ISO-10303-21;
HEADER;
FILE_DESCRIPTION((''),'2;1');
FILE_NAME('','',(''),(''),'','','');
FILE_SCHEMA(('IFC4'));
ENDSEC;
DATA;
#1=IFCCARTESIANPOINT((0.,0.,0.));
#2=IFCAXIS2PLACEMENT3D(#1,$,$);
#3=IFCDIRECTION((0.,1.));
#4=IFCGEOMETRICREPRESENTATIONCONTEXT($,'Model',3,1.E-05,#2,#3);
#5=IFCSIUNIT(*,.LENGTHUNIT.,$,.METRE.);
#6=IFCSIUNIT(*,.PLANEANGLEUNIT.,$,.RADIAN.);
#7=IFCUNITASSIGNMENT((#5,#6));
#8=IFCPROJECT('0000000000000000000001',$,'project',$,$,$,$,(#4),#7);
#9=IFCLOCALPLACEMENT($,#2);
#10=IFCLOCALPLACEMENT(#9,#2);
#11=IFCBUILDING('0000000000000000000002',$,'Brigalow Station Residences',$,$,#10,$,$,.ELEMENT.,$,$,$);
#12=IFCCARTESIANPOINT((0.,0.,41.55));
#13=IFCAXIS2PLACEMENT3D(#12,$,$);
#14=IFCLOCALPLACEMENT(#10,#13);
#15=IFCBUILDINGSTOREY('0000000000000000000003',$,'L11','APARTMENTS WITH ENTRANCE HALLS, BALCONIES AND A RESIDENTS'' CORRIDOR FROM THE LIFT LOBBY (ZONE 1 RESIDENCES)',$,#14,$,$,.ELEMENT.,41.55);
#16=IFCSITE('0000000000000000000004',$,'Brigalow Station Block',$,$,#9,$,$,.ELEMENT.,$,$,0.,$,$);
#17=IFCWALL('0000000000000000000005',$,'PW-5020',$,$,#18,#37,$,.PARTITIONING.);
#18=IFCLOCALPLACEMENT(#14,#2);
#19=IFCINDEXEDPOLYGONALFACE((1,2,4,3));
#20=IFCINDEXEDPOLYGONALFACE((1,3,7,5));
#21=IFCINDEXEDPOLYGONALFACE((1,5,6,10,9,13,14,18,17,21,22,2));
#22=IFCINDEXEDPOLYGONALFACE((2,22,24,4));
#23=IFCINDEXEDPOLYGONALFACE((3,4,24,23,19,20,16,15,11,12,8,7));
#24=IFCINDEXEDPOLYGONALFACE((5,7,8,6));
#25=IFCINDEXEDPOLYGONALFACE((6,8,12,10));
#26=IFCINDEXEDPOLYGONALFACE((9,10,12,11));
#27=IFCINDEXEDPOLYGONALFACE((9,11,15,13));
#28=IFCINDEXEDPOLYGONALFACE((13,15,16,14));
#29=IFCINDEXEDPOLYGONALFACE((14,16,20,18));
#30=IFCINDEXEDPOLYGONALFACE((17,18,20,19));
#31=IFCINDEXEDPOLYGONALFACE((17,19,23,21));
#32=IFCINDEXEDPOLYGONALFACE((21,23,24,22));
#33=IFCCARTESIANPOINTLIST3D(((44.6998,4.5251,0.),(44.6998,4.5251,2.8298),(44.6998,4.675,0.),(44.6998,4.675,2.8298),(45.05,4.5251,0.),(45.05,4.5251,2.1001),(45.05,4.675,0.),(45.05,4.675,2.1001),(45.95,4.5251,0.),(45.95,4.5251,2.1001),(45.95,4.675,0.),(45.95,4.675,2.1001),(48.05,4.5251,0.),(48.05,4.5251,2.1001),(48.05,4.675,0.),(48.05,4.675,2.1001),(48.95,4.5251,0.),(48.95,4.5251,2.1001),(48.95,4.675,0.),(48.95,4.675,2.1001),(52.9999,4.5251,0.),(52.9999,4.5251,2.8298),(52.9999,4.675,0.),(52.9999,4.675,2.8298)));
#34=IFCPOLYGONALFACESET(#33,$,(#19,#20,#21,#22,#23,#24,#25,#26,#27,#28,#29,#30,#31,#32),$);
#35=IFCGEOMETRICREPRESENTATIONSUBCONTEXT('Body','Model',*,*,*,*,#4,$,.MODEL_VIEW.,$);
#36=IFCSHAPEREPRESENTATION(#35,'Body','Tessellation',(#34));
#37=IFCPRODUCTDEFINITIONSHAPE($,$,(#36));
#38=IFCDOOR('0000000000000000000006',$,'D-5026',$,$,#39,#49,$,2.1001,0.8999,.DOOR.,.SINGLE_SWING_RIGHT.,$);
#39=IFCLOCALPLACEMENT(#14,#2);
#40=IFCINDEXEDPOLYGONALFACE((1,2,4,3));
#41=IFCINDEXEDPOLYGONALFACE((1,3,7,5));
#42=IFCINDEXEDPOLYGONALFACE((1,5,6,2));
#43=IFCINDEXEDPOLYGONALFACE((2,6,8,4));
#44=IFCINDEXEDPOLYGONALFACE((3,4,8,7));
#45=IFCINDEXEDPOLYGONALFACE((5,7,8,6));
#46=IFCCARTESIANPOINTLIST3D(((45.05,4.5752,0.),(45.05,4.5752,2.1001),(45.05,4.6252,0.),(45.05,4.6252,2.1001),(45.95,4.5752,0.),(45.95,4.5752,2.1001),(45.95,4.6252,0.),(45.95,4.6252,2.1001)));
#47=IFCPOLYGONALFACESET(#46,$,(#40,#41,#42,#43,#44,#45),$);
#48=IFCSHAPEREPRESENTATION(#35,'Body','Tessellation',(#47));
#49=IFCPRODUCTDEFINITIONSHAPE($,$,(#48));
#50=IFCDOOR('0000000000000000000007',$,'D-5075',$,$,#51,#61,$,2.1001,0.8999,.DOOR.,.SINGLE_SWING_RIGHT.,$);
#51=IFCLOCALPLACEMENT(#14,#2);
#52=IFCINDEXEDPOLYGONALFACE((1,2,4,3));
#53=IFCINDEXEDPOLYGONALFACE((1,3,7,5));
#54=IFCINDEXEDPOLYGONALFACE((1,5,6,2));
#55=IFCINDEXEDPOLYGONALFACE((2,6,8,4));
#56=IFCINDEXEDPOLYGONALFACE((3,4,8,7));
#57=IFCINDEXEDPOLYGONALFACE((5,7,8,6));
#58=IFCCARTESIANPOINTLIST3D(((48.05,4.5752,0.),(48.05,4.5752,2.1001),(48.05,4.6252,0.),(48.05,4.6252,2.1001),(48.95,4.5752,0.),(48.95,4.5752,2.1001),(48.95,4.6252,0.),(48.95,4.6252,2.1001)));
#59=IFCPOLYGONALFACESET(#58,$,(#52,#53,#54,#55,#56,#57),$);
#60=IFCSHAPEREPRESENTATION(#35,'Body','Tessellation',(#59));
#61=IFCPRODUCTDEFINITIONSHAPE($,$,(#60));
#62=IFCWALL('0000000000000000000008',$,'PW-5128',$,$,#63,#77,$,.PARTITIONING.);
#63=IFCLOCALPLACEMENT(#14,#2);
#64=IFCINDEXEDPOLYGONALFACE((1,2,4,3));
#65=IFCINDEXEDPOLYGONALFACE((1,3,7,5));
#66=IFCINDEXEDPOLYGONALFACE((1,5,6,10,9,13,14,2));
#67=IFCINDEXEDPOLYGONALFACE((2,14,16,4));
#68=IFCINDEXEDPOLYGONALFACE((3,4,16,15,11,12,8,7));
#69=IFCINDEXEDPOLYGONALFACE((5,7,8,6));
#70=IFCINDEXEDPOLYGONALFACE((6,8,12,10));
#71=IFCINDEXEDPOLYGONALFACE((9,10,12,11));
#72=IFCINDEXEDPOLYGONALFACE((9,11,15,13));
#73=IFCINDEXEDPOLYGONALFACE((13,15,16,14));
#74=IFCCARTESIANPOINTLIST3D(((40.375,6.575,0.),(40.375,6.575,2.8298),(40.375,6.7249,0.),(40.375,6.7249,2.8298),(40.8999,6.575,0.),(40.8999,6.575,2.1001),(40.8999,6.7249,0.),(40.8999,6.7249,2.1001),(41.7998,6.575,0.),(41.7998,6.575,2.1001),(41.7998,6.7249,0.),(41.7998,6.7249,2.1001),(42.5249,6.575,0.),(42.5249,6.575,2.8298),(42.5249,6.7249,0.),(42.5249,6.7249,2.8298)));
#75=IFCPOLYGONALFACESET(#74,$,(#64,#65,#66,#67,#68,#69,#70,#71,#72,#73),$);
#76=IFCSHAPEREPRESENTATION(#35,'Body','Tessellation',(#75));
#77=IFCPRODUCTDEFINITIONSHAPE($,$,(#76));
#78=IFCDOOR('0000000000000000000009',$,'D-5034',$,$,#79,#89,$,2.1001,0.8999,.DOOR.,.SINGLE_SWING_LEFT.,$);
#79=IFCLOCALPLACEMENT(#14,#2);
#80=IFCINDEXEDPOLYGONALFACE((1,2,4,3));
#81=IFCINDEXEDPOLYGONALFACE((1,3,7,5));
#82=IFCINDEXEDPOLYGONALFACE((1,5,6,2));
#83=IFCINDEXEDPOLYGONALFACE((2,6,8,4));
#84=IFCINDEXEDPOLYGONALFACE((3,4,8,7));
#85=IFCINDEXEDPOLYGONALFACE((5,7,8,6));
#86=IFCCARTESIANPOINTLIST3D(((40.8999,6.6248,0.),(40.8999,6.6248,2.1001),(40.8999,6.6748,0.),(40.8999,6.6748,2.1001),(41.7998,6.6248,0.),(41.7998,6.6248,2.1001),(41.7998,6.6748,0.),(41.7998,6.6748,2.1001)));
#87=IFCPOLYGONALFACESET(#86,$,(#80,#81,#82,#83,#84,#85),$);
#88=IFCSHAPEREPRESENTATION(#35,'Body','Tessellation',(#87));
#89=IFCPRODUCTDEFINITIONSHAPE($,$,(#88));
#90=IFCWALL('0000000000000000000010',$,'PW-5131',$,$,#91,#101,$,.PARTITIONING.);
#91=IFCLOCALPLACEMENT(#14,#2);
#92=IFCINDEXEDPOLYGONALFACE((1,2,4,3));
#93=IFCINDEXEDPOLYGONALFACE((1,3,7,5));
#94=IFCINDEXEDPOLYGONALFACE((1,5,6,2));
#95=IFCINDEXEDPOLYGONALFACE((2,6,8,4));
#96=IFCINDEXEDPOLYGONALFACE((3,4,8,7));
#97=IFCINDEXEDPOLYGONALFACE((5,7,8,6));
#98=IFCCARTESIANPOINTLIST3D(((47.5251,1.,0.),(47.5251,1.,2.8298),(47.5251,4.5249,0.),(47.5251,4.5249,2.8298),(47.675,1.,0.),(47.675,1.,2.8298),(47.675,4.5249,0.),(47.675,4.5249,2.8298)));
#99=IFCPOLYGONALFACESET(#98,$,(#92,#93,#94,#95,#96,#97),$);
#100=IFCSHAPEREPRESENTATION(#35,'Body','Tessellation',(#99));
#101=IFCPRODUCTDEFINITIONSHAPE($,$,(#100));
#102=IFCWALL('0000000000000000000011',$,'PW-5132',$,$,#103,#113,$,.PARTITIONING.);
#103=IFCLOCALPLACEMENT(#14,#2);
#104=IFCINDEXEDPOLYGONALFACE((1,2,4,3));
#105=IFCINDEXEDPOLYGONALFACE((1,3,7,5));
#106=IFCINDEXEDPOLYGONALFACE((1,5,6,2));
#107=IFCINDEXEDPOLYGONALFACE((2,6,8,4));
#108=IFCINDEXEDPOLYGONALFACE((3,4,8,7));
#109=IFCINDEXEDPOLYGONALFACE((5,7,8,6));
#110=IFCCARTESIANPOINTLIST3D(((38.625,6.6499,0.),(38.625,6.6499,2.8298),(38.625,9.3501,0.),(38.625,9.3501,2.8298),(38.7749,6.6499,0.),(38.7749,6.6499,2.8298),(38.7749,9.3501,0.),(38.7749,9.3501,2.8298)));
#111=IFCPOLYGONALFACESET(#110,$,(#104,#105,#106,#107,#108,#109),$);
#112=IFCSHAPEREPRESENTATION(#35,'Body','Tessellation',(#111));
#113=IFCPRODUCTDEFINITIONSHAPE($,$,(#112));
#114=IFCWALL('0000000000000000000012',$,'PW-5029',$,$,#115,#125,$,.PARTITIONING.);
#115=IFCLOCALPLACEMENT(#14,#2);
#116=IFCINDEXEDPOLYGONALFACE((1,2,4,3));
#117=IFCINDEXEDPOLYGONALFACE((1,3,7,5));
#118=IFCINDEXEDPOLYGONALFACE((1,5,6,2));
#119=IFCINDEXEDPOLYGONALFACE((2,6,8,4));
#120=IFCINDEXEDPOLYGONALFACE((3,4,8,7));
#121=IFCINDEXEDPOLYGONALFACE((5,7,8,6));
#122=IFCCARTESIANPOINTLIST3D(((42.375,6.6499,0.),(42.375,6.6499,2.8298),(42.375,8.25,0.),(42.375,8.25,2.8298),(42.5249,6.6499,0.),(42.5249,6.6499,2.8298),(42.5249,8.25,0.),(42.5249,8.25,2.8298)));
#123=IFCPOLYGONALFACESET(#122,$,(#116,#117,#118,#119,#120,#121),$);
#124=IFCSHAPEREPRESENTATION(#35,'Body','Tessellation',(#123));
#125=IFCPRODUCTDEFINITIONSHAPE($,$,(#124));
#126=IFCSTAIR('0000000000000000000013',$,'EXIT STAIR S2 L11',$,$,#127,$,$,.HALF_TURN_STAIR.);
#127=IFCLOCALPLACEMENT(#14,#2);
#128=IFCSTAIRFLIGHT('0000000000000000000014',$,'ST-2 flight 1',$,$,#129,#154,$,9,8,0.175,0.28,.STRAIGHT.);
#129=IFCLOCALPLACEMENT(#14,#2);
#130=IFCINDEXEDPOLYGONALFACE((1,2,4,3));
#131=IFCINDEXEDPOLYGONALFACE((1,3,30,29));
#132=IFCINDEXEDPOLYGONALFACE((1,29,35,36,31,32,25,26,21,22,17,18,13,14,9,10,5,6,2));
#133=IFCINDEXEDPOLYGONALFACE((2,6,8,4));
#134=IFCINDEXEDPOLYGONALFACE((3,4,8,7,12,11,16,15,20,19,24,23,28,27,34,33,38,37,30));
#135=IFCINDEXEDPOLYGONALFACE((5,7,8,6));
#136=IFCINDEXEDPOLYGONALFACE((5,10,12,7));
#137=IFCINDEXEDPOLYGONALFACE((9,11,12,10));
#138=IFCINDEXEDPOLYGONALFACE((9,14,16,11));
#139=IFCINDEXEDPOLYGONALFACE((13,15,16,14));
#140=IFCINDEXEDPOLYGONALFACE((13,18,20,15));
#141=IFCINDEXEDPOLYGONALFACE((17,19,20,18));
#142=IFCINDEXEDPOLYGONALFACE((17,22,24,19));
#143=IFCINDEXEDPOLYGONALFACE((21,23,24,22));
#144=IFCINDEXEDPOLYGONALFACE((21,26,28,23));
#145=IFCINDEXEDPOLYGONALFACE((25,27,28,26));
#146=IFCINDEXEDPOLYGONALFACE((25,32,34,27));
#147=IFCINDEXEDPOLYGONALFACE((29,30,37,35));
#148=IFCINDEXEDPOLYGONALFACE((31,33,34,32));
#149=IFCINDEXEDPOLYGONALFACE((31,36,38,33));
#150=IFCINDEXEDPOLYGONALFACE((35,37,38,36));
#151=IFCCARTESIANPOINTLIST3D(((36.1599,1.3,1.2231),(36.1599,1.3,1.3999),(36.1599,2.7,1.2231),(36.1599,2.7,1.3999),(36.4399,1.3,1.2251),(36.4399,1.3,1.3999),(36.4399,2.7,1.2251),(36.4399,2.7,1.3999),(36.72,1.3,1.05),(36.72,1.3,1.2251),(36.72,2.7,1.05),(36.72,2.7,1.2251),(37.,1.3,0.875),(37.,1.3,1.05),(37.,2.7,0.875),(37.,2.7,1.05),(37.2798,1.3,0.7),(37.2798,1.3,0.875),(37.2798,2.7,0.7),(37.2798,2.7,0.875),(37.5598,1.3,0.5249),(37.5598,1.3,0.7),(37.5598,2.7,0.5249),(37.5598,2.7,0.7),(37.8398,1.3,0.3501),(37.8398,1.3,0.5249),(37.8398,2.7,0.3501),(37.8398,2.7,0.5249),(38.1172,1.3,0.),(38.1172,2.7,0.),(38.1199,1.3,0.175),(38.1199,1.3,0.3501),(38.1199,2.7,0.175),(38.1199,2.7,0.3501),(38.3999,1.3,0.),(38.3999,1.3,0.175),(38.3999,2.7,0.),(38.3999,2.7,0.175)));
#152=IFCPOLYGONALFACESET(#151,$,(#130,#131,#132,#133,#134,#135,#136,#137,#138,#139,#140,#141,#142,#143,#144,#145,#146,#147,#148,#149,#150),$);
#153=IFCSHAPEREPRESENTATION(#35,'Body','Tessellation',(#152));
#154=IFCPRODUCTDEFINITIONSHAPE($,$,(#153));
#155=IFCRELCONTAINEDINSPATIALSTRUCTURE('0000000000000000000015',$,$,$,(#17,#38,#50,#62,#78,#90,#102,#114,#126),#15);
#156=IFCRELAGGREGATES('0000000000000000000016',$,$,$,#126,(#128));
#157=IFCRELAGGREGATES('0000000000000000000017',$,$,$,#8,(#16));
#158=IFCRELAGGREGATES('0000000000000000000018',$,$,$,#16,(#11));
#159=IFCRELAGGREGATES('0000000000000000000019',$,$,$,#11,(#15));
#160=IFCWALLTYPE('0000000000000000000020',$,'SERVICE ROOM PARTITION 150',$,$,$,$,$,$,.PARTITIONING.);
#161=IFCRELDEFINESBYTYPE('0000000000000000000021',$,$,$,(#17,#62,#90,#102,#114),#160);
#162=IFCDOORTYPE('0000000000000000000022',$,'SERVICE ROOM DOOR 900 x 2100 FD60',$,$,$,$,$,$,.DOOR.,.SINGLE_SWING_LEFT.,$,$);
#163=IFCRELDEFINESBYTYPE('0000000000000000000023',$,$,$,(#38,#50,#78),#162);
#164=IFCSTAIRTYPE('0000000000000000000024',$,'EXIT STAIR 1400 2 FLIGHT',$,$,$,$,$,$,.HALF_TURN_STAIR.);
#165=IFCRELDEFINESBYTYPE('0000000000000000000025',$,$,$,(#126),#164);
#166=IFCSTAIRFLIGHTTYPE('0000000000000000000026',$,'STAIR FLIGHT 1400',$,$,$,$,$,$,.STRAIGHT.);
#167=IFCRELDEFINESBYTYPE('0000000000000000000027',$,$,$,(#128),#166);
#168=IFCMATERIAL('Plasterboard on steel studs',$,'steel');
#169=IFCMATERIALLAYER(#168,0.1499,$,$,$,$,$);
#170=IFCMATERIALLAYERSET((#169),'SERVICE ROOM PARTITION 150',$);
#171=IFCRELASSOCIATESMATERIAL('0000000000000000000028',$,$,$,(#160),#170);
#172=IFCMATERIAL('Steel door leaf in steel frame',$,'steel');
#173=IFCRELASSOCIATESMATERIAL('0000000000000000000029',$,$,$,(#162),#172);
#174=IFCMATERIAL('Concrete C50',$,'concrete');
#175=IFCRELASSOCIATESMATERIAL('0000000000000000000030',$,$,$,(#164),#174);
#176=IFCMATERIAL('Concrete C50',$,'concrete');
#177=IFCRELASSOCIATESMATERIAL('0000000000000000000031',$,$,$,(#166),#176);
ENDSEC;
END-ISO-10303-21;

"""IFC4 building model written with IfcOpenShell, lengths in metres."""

from ifc_helpers import new_model, si_unit, direction, frame, frame_2d, origin, place, context, subcontext, project, spatial, polyline, rectangle, outline, extrude, material, layer, layer_set, type_object, element, fill, aggregate, save


model = new_model("IFC4")

# Units and contexts
model_context = context("Model", 3, precision=1e-05, world=origin(), true_north=direction((0.0, 1.0)))
body_context = subcontext(model_context, "Body", "Model", "MODEL_VIEW")
ifc_project = project(units=[si_unit("LENGTHUNIT", "METRE"), si_unit("PLANEANGLEUNIT", "RADIAN")], contexts=[model_context])

# Site, building, storey
site_placement = place(None, origin())
site = spatial("IfcSite", under=ifc_project, at=site_placement, Name="Brigalow Station Block", CompositionType="ELEMENT", RefElevation=0.0)
building_placement = place(site_placement, origin())
building = spatial("IfcBuilding", under=site, at=building_placement, Name="Brigalow Station Residences", CompositionType="ELEMENT")
storey_placement = place(building_placement, frame((0.0, 0.0, 41.55)))
storey = spatial("IfcBuildingStorey", under=building, at=storey_placement, Name="L11", Description="APARTMENTS WITH ENTRANCE HALLS, BALCONIES AND A RESIDENTS' CORRIDOR FROM THE LIFT LOBBY (ZONE 1 RESIDENCES)", CompositionType="ELEMENT", Elevation=41.55)

# Wall, openings, doors
ifc_material_1 = material(Name="Plasterboard on steel studs", Category="steel")
ifc_layer_1 = layer(ifc_material_1, 0.1499)
ifc_layer_set_1 = layer_set([ifc_layer_1], Name="SERVICE ROOM PARTITION 150")
wall_type_1 = type_object("IfcWallType", Name="SERVICE ROOM PARTITION 150", PredefinedType="PARTITIONING", material=ifc_layer_set_1)
wall_1_placement = place(storey_placement, frame((44.7, 4.6001, 0.0), z_axis=(0.0, 0.0, 1.0), x_axis=(1.0, 0.0, 0.0)))
wall_1 = element("IfcWall", 1, at=wall_1_placement, inside=storey, type_object=wall_type_1, Name="PW-5020", PredefinedType="PARTITIONING", context=body_context, shape_type="SweptSolid", body=[
    extrude(rectangle(XDim=8.3, YDim=0.1499, at=frame_2d((4.1499, 0.0))), origin(), (0.0, 0.0, 1.0), 2.8298),
])
opening_1_placement = place(wall_1_placement, frame((0.3501, 0.0, 0.0)))
opening_1 = element("IfcOpeningElement", 2, at=opening_1_placement, cuts=wall_1, PredefinedType="OPENING", context=body_context, shape_type="SweptSolid", body=[
    extrude(rectangle(XDim=0.8999, YDim=2.1001, at=frame_2d((0.45, 1.05))), frame((0.0, 0.085, 0.0), z_axis=(0.0, -1.0, 0.0), x_axis=(1.0, 0.0, 0.0)), (0.0, 0.0, 1.0), 0.1699),
])
opening_2_placement = place(wall_1_placement, frame((3.3501, 0.0, 0.0)))
opening_2 = element("IfcOpeningElement", 3, at=opening_2_placement, cuts=wall_1, PredefinedType="OPENING", context=body_context, shape_type="SweptSolid", body=[
    extrude(rectangle(XDim=0.8999, YDim=2.1001, at=frame_2d((0.45, 1.05))), frame((0.0, 0.085, 0.0), z_axis=(0.0, -1.0, 0.0), x_axis=(1.0, 0.0, 0.0)), (0.0, 0.0, 1.0), 0.1699),
])
ifc_material_2 = material(Name="Steel door leaf in steel frame", Category="steel")
door_type_1 = type_object("IfcDoorType", Name="SERVICE ROOM DOOR 900 x 2100 FD60", OperationType="SINGLE_SWING_LEFT", PredefinedType="DOOR", material=ifc_material_2)
door_1_placement = place(opening_1_placement, frame((0.8999, 0.0, 0.0), z_axis=(0.0, 0.0, 1.0), x_axis=(-1.0, 0.0, 0.0)))
door_1 = element("IfcDoor", 4, at=door_1_placement, inside=storey, type_object=door_type_1, Name="D-5026", OperationType="SINGLE_SWING_RIGHT", OverallHeight=2.1001, OverallWidth=0.8999, PredefinedType="DOOR", context=body_context, shape_type="SweptSolid", body=[
    extrude(rectangle(XDim=0.8999, YDim=2.1001, at=frame_2d((0.45, 1.05))), frame((0.0, 0.0249, 0.0), z_axis=(0.0, -1.0, 0.0), x_axis=(1.0, 0.0, 0.0)), (0.0, 0.0, 1.0), 0.05),
])
fill(opening_1, door_1)
door_2_placement = place(opening_2_placement, frame((0.8999, 0.0, 0.0), z_axis=(0.0, 0.0, 1.0), x_axis=(-1.0, 0.0, 0.0)))
door_2 = element("IfcDoor", 5, at=door_2_placement, inside=storey, type_object=door_type_1, Name="D-5075", OperationType="SINGLE_SWING_RIGHT", OverallHeight=2.1001, OverallWidth=0.8999, PredefinedType="DOOR", context=body_context, shape_type="SweptSolid", body=[
    extrude(rectangle(XDim=0.8999, YDim=2.1001, at=frame_2d((0.45, 1.05))), frame((0.0, 0.0249, 0.0), z_axis=(0.0, -1.0, 0.0), x_axis=(1.0, 0.0, 0.0)), (0.0, 0.0, 1.0), 0.05),
])
fill(opening_2, door_2)

# Wall, opening, door
wall_2_placement = place(storey_placement, frame((40.375, 6.6499, 0.0), z_axis=(0.0, 0.0, 1.0), x_axis=(1.0, 0.0, 0.0)))
wall_2 = element("IfcWall", 6, at=wall_2_placement, inside=storey, type_object=wall_type_1, Name="PW-5128", PredefinedType="PARTITIONING", context=body_context, shape_type="SweptSolid", body=[
    extrude(rectangle(XDim=2.1499, YDim=0.1499, at=frame_2d((1.075, 0.0))), origin(), (0.0, 0.0, 1.0), 2.8298),
])
opening_3_placement = place(wall_2_placement, frame((0.5249, 0.0, 0.0)))
opening_3 = element("IfcOpeningElement", 7, at=opening_3_placement, cuts=wall_2, PredefinedType="OPENING", context=body_context, shape_type="SweptSolid", body=[
    extrude(rectangle(XDim=0.8999, YDim=2.1001, at=frame_2d((0.45, 1.05))), frame((0.0, 0.085, 0.0), z_axis=(0.0, -1.0, 0.0), x_axis=(1.0, 0.0, 0.0)), (0.0, 0.0, 1.0), 0.1699),
])
door_3_placement = place(opening_3_placement, origin())
door_3 = element("IfcDoor", 8, at=door_3_placement, inside=storey, type_object=door_type_1, Name="D-5034", OperationType="SINGLE_SWING_LEFT", OverallHeight=2.1001, OverallWidth=0.8999, PredefinedType="DOOR", context=body_context, shape_type="SweptSolid", body=[
    extrude(rectangle(XDim=0.8999, YDim=2.1001, at=frame_2d((0.45, 1.05))), frame((0.0, 0.0249, 0.0), z_axis=(0.0, -1.0, 0.0), x_axis=(1.0, 0.0, 0.0)), (0.0, 0.0, 1.0), 0.05),
])
fill(opening_3, door_3)

# Walls
wall_3_placement = place(storey_placement, frame((47.6001, 1.0, 0.0), z_axis=(0.0, 0.0, 1.0), x_axis=(0.0, 1.0, 0.0)))
element("IfcWall", 9, at=wall_3_placement, inside=storey, type_object=wall_type_1, Name="PW-5131", PredefinedType="PARTITIONING", context=body_context, shape_type="SweptSolid", body=[
    extrude(rectangle(XDim=3.5249, YDim=0.1499, at=frame_2d((1.7625, 0.0))), origin(), (0.0, 0.0, 1.0), 2.8298),
])
wall_4_placement = place(storey_placement, frame((38.7, 6.6499, 0.0), z_axis=(0.0, 0.0, 1.0), x_axis=(0.0, 1.0, 0.0)))
element("IfcWall", 10, at=wall_4_placement, inside=storey, type_object=wall_type_1, Name="PW-5132", PredefinedType="PARTITIONING", context=body_context, shape_type="SweptSolid", body=[
    extrude(rectangle(XDim=2.7002, YDim=0.1499, at=frame_2d((1.3501, 0.0))), origin(), (0.0, 0.0, 1.0), 2.8298),
])
wall_5_placement = place(storey_placement, frame((42.45, 6.6499, 0.0), z_axis=(0.0, 0.0, 1.0), x_axis=(0.0, 1.0, 0.0)))
element("IfcWall", 11, at=wall_5_placement, inside=storey, type_object=wall_type_1, Name="PW-5029", PredefinedType="PARTITIONING", context=body_context, shape_type="SweptSolid", body=[
    extrude(rectangle(XDim=1.6001, YDim=0.1499, at=frame_2d((0.8, 0.0))), origin(), (0.0, 0.0, 1.0), 2.8298),
])

# Stair, stair flight
ifc_material_3 = material(Name="Concrete C50", Category="concrete")
stair_type = type_object("IfcStairType", Name="EXIT STAIR 1400 2 FLIGHT", PredefinedType="HALF_TURN_STAIR", material=ifc_material_3)
stair_placement = place(storey_placement, origin())
stair = element("IfcStair", 12, at=stair_placement, inside=storey, type_object=stair_type, Name="EXIT STAIR S2 L11", PredefinedType="HALF_TURN_STAIR")
ifc_material_4 = material(Name="Concrete C50", Category="concrete")
stair_flight_type = type_object("IfcStairFlightType", Name="STAIR FLIGHT 1400", PredefinedType="STRAIGHT", material=ifc_material_4)
stair_flight_1_placement = place(storey_placement, frame((38.3999, 2.0, 0.0), z_axis=(0.0, 0.0, 1.0), x_axis=(-1.0, 0.0, 0.0)))
stair_flight_1 = element("IfcStairFlight", 13, at=stair_flight_1_placement, type_object=stair_flight_type, Name="ST-2 flight 1", NumberOfRisers=9, NumberOfTreads=8, PredefinedType="STRAIGHT", RiserHeight=0.175, TreadLength=0.28, context=body_context, shape_type="SweptSolid", body=[
    extrude(outline(polyline([(0.0, 0.0), (0.0, 0.175), (0.28, 0.175), (0.28, 0.3501), (0.5601, 0.3501), (0.5601, 0.5249), (0.8401, 0.5249), (0.8401, 0.7), (1.1201, 0.7), (1.1201, 0.875), (1.3999, 0.875), (1.3999, 1.05), (1.6799, 1.05), (1.6799, 1.2251), (1.96, 1.2251), (1.96, 1.3999), (2.24, 1.3999), (2.24, 1.575), (2.24, 1.2231), (0.2827, 0.0), (0.0, 0.0)])), frame((0.0, 0.7, 0.0), z_axis=(0.0, -1.0, 0.0), x_axis=(1.0, 0.0, 0.0)), (0.0, 0.0, 1.0), 1.3999),
])
aggregate(stair, [stair_flight_1])

save(model, "model.ifc")
